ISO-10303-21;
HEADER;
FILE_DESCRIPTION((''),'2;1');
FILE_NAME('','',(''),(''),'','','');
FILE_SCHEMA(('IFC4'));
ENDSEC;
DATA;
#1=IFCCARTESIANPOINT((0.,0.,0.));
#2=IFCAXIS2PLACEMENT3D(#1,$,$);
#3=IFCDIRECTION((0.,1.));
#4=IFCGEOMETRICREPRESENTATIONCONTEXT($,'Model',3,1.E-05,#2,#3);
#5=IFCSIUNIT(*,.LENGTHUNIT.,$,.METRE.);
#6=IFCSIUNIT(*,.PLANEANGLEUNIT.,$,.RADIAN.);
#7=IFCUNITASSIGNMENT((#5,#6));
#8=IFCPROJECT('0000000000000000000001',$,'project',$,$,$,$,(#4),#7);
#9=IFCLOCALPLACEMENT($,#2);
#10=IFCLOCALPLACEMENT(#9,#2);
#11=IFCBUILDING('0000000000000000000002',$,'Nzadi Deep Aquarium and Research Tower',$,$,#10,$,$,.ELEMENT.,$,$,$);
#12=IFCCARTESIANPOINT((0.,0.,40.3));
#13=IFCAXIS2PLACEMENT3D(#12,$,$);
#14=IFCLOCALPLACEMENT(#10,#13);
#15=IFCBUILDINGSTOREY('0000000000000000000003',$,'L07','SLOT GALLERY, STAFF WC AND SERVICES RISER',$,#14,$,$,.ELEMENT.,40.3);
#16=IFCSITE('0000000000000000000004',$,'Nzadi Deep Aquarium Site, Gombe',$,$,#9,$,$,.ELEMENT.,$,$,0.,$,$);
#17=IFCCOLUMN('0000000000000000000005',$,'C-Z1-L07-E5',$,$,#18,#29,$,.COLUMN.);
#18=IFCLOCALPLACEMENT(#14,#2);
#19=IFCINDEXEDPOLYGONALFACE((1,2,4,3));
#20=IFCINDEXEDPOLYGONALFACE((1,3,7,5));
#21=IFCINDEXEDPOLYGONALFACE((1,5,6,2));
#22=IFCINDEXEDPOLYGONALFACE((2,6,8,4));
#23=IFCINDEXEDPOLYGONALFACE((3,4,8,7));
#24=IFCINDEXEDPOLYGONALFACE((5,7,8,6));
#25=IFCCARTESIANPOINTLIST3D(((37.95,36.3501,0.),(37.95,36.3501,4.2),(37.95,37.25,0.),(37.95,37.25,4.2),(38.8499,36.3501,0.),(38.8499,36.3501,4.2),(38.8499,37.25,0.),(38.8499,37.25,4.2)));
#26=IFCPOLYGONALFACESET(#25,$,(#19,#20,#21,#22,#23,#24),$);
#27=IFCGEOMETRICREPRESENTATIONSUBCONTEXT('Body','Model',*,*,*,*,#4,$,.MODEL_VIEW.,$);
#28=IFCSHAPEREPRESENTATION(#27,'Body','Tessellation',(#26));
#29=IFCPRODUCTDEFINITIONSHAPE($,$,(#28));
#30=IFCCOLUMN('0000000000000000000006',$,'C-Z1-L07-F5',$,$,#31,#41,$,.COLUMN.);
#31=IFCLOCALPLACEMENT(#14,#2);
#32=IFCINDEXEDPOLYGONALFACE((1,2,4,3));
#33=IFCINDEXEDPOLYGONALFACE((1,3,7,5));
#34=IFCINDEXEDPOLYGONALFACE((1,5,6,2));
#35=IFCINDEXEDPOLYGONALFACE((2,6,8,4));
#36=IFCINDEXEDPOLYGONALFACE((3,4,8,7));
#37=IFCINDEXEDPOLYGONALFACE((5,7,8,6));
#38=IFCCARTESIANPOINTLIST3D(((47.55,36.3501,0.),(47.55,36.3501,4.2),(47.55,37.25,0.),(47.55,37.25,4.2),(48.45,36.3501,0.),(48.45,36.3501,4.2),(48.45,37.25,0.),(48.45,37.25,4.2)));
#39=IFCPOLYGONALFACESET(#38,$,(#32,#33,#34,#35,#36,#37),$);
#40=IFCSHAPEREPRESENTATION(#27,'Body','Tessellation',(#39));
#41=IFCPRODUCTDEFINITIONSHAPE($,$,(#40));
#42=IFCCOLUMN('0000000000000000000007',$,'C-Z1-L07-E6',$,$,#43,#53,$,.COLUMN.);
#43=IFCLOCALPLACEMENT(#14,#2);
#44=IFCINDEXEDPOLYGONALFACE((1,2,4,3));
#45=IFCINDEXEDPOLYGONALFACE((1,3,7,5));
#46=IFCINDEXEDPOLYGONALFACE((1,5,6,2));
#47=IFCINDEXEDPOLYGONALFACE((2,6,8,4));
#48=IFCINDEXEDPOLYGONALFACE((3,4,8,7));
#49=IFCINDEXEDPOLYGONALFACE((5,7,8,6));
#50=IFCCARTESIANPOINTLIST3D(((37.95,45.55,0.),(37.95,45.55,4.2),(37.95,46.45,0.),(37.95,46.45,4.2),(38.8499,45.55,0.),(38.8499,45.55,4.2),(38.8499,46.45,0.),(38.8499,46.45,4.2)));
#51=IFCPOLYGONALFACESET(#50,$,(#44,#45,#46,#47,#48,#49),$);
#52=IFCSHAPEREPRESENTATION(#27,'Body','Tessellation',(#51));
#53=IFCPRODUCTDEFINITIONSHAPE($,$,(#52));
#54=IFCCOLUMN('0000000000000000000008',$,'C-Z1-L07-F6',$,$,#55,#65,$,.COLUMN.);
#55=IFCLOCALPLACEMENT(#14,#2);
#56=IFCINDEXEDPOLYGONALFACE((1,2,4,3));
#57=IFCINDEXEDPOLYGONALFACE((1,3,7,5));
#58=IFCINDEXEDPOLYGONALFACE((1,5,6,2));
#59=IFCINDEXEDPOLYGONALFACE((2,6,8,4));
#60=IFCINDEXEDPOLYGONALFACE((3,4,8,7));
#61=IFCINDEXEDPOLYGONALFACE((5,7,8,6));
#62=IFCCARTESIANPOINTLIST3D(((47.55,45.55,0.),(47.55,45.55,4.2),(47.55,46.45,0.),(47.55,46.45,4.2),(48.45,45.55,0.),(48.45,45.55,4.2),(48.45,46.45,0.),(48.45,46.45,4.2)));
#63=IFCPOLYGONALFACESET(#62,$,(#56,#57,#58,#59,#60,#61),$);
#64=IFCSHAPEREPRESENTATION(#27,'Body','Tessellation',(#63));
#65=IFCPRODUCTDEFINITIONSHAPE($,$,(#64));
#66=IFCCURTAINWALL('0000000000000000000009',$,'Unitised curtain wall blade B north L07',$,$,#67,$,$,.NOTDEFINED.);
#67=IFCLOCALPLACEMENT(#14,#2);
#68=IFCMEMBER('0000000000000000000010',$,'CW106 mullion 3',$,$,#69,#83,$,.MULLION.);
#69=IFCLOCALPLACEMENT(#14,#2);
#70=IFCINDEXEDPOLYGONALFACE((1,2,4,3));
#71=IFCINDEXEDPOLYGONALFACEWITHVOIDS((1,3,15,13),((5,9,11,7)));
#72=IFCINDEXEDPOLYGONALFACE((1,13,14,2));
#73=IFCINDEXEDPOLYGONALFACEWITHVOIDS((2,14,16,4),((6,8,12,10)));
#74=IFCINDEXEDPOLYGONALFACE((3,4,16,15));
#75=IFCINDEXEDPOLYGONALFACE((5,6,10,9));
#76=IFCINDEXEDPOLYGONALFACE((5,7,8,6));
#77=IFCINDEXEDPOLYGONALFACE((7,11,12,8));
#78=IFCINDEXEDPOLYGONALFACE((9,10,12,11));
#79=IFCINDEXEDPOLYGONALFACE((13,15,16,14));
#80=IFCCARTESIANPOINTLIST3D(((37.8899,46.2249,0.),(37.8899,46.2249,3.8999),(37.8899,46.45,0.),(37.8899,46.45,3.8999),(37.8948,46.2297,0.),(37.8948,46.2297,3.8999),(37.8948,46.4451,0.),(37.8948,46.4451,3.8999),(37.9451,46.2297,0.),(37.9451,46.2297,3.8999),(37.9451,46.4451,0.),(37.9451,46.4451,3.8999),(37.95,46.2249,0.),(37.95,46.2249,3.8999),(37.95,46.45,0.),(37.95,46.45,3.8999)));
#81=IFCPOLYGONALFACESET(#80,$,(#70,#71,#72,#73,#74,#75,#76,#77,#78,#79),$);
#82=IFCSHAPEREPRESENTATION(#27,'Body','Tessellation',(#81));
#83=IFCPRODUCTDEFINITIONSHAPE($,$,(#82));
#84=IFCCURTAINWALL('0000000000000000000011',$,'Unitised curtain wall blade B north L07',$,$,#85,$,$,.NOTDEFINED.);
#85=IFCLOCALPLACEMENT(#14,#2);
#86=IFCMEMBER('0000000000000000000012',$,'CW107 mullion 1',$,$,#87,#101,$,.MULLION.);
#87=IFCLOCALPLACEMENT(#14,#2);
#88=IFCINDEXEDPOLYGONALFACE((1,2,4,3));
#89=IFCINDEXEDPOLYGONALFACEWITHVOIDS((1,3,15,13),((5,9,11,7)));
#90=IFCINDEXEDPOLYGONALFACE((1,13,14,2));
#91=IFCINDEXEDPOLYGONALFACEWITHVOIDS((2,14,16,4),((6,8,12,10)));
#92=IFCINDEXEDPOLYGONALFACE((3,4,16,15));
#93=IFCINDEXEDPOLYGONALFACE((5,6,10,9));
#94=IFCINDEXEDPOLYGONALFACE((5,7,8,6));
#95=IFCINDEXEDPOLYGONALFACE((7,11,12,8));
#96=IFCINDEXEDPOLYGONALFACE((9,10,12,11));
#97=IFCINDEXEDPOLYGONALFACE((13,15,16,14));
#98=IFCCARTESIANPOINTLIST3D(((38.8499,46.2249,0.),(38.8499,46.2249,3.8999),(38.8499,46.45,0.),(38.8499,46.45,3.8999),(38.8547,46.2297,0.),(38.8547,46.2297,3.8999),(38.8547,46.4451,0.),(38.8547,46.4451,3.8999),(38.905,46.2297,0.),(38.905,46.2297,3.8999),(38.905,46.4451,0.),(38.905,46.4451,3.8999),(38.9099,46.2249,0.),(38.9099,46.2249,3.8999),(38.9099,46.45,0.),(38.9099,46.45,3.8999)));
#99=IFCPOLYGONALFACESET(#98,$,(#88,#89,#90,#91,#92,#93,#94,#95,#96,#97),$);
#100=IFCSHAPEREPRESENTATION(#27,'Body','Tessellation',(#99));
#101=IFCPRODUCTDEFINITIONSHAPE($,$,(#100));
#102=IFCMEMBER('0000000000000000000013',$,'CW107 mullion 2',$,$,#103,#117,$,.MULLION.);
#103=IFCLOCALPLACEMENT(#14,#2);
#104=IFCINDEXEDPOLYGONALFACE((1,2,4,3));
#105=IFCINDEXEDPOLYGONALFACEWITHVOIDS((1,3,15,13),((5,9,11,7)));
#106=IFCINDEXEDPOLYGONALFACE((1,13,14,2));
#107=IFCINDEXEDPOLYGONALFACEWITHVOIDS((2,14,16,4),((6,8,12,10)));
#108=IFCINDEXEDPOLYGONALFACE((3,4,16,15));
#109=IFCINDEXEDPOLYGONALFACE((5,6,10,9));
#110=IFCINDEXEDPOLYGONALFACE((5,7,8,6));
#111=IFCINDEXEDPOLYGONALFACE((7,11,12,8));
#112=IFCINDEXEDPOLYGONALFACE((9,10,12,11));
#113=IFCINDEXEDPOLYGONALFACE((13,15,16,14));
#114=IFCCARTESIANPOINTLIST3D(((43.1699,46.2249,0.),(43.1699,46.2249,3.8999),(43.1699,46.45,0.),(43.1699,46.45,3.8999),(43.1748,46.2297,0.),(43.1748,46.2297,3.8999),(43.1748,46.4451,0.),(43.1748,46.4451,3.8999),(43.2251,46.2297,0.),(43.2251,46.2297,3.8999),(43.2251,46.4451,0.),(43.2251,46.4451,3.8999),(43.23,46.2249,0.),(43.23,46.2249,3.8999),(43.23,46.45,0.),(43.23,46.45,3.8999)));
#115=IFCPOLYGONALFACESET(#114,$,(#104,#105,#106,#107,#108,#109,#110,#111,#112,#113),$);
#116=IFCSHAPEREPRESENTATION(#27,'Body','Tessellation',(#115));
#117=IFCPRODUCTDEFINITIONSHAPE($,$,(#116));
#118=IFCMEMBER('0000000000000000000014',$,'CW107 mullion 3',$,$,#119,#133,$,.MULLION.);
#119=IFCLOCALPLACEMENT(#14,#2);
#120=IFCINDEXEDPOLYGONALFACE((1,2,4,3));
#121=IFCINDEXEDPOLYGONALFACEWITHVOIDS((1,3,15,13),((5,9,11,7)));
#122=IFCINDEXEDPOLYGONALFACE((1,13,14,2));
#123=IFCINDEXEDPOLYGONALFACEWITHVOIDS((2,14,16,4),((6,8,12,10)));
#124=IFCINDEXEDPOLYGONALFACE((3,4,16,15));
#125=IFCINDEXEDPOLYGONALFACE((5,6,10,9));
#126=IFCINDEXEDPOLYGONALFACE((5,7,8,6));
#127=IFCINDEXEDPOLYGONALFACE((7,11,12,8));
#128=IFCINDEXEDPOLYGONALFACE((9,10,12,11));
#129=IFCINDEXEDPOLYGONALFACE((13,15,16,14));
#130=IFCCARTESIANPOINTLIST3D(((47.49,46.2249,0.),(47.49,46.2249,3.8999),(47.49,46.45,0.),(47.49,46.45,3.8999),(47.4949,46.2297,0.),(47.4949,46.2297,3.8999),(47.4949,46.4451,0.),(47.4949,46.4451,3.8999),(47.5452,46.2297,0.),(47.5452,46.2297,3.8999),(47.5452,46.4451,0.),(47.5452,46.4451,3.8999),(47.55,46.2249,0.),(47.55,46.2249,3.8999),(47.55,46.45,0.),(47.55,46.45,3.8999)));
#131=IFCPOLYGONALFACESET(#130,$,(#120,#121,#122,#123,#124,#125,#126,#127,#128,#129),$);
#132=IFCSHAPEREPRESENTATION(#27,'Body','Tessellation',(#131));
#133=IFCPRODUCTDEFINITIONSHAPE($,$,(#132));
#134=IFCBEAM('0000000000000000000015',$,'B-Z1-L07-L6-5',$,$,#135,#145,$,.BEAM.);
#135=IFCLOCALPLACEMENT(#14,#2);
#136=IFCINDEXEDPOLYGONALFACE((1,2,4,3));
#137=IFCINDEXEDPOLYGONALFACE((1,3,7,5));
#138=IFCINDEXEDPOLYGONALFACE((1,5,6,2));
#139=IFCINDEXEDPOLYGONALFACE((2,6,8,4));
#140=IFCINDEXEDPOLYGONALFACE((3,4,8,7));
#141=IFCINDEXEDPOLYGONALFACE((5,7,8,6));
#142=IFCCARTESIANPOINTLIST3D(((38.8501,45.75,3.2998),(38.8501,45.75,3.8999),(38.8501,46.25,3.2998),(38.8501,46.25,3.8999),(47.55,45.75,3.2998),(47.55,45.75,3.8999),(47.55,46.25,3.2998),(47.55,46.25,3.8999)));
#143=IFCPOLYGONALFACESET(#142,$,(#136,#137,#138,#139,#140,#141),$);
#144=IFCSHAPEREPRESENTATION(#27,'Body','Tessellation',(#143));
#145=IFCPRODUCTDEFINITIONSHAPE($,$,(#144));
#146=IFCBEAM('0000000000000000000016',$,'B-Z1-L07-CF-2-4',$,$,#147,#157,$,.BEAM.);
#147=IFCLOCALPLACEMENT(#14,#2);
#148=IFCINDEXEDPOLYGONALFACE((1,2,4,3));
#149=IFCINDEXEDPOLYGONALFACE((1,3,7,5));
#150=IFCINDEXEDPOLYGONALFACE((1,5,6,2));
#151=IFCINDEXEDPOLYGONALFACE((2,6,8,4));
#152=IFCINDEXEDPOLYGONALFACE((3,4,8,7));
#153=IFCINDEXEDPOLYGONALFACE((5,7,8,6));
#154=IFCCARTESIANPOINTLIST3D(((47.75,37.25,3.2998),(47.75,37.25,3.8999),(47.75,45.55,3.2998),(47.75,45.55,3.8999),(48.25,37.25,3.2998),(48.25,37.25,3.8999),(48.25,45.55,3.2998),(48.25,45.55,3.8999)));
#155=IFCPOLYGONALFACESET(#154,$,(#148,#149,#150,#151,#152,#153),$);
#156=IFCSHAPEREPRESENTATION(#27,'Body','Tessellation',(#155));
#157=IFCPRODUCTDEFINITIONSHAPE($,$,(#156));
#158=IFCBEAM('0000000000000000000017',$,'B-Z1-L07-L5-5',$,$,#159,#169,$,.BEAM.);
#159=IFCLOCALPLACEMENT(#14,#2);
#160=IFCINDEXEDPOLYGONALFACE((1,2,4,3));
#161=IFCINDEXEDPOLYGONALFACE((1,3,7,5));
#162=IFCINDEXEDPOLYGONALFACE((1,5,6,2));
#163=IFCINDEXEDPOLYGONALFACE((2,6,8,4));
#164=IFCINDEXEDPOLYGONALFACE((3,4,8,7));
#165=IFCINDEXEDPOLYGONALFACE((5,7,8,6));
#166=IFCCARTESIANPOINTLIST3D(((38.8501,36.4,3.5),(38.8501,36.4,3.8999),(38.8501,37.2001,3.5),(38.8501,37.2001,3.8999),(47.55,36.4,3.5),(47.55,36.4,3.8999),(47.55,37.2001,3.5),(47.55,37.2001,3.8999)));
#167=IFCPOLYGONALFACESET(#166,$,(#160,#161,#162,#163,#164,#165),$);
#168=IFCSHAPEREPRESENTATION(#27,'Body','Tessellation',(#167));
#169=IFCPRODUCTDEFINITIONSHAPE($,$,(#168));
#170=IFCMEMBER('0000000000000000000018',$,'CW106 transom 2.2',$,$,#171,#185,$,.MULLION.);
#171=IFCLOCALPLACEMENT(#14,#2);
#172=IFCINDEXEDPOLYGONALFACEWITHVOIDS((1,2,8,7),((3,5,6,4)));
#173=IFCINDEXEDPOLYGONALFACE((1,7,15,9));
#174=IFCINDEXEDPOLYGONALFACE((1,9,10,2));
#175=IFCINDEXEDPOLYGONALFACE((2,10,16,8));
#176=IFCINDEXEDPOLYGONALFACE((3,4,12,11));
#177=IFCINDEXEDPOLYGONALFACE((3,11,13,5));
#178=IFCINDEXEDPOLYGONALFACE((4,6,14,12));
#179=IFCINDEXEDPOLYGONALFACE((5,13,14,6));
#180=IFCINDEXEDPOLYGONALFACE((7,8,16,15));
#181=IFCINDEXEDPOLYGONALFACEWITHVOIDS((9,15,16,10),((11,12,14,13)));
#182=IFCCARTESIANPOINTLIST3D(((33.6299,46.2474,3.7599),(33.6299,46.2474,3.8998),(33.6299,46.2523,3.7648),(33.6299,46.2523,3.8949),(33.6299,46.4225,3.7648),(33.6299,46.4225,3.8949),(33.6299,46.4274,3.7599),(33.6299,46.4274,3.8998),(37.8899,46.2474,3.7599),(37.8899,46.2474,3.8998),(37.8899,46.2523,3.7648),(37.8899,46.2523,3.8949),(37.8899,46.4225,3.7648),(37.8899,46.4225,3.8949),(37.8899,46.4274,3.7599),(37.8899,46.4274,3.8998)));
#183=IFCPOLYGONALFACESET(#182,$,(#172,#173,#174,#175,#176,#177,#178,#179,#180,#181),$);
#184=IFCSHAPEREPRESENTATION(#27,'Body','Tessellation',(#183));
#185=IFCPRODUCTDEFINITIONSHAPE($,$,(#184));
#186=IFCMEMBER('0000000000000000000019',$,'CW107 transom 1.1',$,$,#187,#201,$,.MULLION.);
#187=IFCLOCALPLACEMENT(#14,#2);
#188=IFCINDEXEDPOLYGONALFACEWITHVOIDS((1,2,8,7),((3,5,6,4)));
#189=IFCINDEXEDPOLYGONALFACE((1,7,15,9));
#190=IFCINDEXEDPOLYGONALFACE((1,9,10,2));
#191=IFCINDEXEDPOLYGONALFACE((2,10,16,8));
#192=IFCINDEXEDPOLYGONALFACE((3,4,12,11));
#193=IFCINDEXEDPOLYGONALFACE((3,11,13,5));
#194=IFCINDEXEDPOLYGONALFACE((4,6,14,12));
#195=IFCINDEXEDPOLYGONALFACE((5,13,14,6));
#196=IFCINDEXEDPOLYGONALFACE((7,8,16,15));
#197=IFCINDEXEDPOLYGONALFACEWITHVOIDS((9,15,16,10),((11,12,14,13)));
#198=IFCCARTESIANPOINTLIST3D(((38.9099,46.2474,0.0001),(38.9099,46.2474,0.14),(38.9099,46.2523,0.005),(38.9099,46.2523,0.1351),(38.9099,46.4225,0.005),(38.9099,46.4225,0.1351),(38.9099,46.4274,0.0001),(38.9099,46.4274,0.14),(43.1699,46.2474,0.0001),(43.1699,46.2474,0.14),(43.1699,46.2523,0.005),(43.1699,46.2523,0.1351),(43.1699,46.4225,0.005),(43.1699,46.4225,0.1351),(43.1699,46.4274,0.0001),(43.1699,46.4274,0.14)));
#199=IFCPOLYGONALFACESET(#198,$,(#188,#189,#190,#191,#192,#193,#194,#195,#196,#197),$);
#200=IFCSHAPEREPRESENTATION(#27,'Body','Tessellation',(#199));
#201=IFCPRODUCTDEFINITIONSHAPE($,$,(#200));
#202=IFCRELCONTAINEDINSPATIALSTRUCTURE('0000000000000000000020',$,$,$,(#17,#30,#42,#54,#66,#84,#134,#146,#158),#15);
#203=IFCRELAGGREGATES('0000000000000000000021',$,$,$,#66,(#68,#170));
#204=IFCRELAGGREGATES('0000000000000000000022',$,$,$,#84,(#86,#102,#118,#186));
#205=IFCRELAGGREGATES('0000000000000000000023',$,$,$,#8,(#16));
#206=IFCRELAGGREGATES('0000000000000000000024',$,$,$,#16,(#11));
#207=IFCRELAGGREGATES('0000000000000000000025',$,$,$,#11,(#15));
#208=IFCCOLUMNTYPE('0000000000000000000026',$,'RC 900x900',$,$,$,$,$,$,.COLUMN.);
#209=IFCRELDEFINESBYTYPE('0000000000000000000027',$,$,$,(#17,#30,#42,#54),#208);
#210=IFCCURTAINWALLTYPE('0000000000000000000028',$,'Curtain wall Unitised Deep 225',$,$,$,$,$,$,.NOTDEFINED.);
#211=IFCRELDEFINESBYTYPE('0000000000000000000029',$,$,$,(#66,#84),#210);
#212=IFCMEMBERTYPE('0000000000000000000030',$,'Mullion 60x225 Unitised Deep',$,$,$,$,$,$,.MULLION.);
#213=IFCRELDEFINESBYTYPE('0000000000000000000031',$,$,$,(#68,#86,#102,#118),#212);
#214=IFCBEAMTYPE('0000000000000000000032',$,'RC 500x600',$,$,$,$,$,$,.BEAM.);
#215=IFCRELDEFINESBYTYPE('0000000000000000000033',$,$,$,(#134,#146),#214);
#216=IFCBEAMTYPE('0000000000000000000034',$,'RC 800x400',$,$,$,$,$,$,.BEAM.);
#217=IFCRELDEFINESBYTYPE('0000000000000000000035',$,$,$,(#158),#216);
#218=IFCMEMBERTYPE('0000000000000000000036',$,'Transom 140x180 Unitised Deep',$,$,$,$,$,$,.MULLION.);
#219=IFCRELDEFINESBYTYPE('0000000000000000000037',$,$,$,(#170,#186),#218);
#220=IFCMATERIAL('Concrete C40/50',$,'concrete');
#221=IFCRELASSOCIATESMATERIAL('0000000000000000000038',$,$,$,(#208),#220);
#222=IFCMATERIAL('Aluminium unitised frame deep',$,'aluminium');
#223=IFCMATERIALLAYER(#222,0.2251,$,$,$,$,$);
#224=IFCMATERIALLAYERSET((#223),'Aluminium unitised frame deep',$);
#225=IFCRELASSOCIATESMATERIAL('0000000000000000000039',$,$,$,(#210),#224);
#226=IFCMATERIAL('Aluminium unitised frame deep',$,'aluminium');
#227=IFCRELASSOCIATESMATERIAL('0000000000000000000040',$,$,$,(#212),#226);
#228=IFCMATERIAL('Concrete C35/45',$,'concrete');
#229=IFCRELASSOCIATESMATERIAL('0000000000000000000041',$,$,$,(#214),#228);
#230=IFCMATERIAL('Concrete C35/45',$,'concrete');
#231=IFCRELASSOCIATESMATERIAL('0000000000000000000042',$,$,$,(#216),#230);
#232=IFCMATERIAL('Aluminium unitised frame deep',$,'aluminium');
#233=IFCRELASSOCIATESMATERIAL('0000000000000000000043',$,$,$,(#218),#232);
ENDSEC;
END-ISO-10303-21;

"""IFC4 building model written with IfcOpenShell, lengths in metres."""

from ifc_helpers import new_model, si_unit, direction, frame, origin, origin_2d, place, context, subcontext, project, spatial, rectangle, hollow_rectangle, extrude, material, layer, layer_set, material_profile, profile_set, type_object, element, aggregate, save


model = new_model("IFC4")

# Units and contexts
model_context = context("Model", 3, precision=1e-05, world=origin(), true_north=direction((0.0, 1.0)))
body_context = subcontext(model_context, "Body", "Model", "MODEL_VIEW")
ifc_project = project(units=[si_unit("LENGTHUNIT", "METRE"), si_unit("PLANEANGLEUNIT", "RADIAN")], contexts=[model_context])

# Site, building, storey
site_placement = place(None, origin())
site = spatial("IfcSite", under=ifc_project, at=site_placement, Name="Nzadi Deep Aquarium Site, Gombe", CompositionType="ELEMENT", RefElevation=0.0)
building_placement = place(site_placement, origin())
building = spatial("IfcBuilding", under=site, at=building_placement, Name="Nzadi Deep Aquarium and Research Tower", CompositionType="ELEMENT")
storey_placement = place(building_placement, frame((0.0, 0.0, 40.3)))
storey = spatial("IfcBuildingStorey", under=building, at=storey_placement, Name="L07", Description="SLOT GALLERY, STAFF WC AND SERVICES RISER", CompositionType="ELEMENT", Elevation=40.3)

# Columns
ifc_material_1 = material(Name="Concrete C40/50", Category="concrete")
ifc_material_profile_1 = material_profile(ifc_material_1, rectangle(XDim=0.8999, YDim=0.8999, at=origin_2d()))
ifc_profile_set_1 = profile_set([ifc_material_profile_1], Name="Concrete C40/50")
column_type = type_object("IfcColumnType", Name="RC 900x900", PredefinedType="COLUMN", material=ifc_profile_set_1)
for number, where, z_axis, x_axis, name in (
    (1, (38.3999, 36.8, 0.0), (0.0, 0.0, 1.0), (1.0, 0.0, 0.0), "C-Z1-L07-E5"),
    (2, (48.0, 36.8, 0.0), (0.0, 0.0, 1.0), (1.0, 0.0, 0.0), "C-Z1-L07-F5"),
    (3, (38.3999, 46.0, 0.0), (0.0, 0.0, 1.0), (1.0, 0.0, 0.0), "C-Z1-L07-E6"),
    (4, (48.0, 46.0, 0.0), (0.0, 0.0, 1.0), (1.0, 0.0, 0.0), "C-Z1-L07-F6"),
):
    element("IfcColumn", number, at=place(storey_placement, frame(where, z_axis=z_axis, x_axis=x_axis)), inside=storey, type_object=column_type, Name=name, PredefinedType="COLUMN", context=body_context, shape_type="SweptSolid", body=[
        extrude(rectangle(XDim=0.8999, YDim=0.8999, at=origin_2d()), origin(), (0.0, 0.0, 1.0), 4.2),
    ])

# Curtain wall, member
ifc_material_2 = material(Name="Aluminium unitised frame deep", Category="aluminium")
ifc_layer_1 = layer(ifc_material_2, 0.2251)
ifc_layer_set_1 = layer_set([ifc_layer_1], Name="Aluminium unitised frame deep")
curtain_wall_type = type_object("IfcCurtainWallType", Name="Curtain wall Unitised Deep 225", PredefinedType="NOTDEFINED", material=ifc_layer_set_1)
curtain_wall_1_placement = place(storey_placement, origin())
curtain_wall_1 = element("IfcCurtainWall", 5, at=curtain_wall_1_placement, inside=storey, type_object=curtain_wall_type, Name="Unitised curtain wall blade B north L07", PredefinedType="NOTDEFINED")
ifc_material_3 = material(Name="Aluminium unitised frame deep", Category="aluminium")
ifc_material_profile_2 = material_profile(ifc_material_3, hollow_rectangle(XDim=0.2251, YDim=0.0601, WallThickness=0.0049, at=origin_2d()))
ifc_profile_set_2 = profile_set([ifc_material_profile_2], Name="Aluminium unitised frame deep")
member_type_1 = type_object("IfcMemberType", Name="Mullion 60x225 Unitised Deep", PredefinedType="MULLION", material=ifc_profile_set_2)
member_1_placement = place(storey_placement, frame((37.9199, 46.3374, 0.0), z_axis=(0.0, 0.0, 1.0), x_axis=(0.0, 1.0, 0.0)))
member_1 = element("IfcMember", 6, at=member_1_placement, type_object=member_type_1, Name="CW106 mullion 3", PredefinedType="MULLION", context=body_context, shape_type="SweptSolid", body=[
    extrude(hollow_rectangle(XDim=0.2251, YDim=0.0601, WallThickness=0.0049, at=origin_2d()), origin(), (0.0, 0.0, 1.0), 3.8999),
])

# Curtain wall, members
curtain_wall_2_placement = place(storey_placement, origin())
curtain_wall_2 = element("IfcCurtainWall", 7, at=curtain_wall_2_placement, inside=storey, type_object=curtain_wall_type, Name="Unitised curtain wall blade B north L07", PredefinedType="NOTDEFINED")
member_2_placement = place(storey_placement, frame((38.8799, 46.3374, 0.0), z_axis=(0.0, 0.0, 1.0), x_axis=(0.0, 1.0, 0.0)))
member_2 = element("IfcMember", 8, at=member_2_placement, type_object=member_type_1, Name="CW107 mullion 1", PredefinedType="MULLION", context=body_context, shape_type="SweptSolid", body=[
    extrude(hollow_rectangle(XDim=0.2251, YDim=0.0601, WallThickness=0.0049, at=origin_2d()), origin(), (0.0, 0.0, 1.0), 3.8999),
])
member_3_placement = place(storey_placement, frame((43.2, 46.3374, 0.0), z_axis=(0.0, 0.0, 1.0), x_axis=(0.0, 1.0, 0.0)))
member_3 = element("IfcMember", 9, at=member_3_placement, type_object=member_type_1, Name="CW107 mullion 2", PredefinedType="MULLION", context=body_context, shape_type="SweptSolid", body=[
    extrude(hollow_rectangle(XDim=0.2251, YDim=0.0601, WallThickness=0.0049, at=origin_2d()), origin(), (0.0, 0.0, 1.0), 3.8999),
])
member_4_placement = place(storey_placement, frame((47.52, 46.3374, 0.0), z_axis=(0.0, 0.0, 1.0), x_axis=(0.0, 1.0, 0.0)))
member_4 = element("IfcMember", 10, at=member_4_placement, type_object=member_type_1, Name="CW107 mullion 3", PredefinedType="MULLION", context=body_context, shape_type="SweptSolid", body=[
    extrude(hollow_rectangle(XDim=0.2251, YDim=0.0601, WallThickness=0.0049, at=origin_2d()), origin(), (0.0, 0.0, 1.0), 3.8999),
])

# Beams
ifc_material_4 = material(Name="Concrete C35/45", Category="concrete")
ifc_material_profile_3 = material_profile(ifc_material_4, rectangle(XDim=0.5, YDim=0.6001, at=origin_2d()))
ifc_profile_set_3 = profile_set([ifc_material_profile_3], Name="Concrete C35/45")
beam_type_1 = type_object("IfcBeamType", Name="RC 500x600", PredefinedType="BEAM", material=ifc_profile_set_3)
beam_1_placement = place(storey_placement, frame((38.8501, 46.0, 3.5999), z_axis=(1.0, 0.0, 0.0), x_axis=(0.0, 1.0, 0.0)))
element("IfcBeam", 11, at=beam_1_placement, inside=storey, type_object=beam_type_1, Name="B-Z1-L07-L6-5", PredefinedType="BEAM", context=body_context, shape_type="SweptSolid", body=[
    extrude(rectangle(XDim=0.5, YDim=0.6001, at=origin_2d()), origin(), (0.0, 0.0, 1.0), 8.7),
])
beam_2_placement = place(storey_placement, frame((48.0, 37.25, 3.5999), z_axis=(0.0, 1.0, 0.0), x_axis=(-1.0, 0.0, 0.0)))
element("IfcBeam", 12, at=beam_2_placement, inside=storey, type_object=beam_type_1, Name="B-Z1-L07-CF-2-4", PredefinedType="BEAM", context=body_context, shape_type="SweptSolid", body=[
    extrude(rectangle(XDim=0.5, YDim=0.6001, at=origin_2d()), origin(), (0.0, 0.0, 1.0), 8.3),
])
ifc_material_5 = material(Name="Concrete C35/45", Category="concrete")
ifc_material_profile_4 = material_profile(ifc_material_5, rectangle(XDim=0.8, YDim=0.3999, at=origin_2d()))
ifc_profile_set_4 = profile_set([ifc_material_profile_4], Name="Concrete C35/45")
beam_type_2 = type_object("IfcBeamType", Name="RC 800x400", PredefinedType="BEAM", material=ifc_profile_set_4)
beam_3_placement = place(storey_placement, frame((38.8501, 36.8, 3.7), z_axis=(1.0, 0.0, 0.0), x_axis=(0.0, 1.0, 0.0)))
element("IfcBeam", 13, at=beam_3_placement, inside=storey, type_object=beam_type_2, Name="B-Z1-L07-L5-5", PredefinedType="BEAM", context=body_context, shape_type="SweptSolid", body=[
    extrude(rectangle(XDim=0.8, YDim=0.3999, at=origin_2d()), origin(), (0.0, 0.0, 1.0), 8.7),
])

# Members
ifc_material_6 = material(Name="Aluminium unitised frame deep", Category="aluminium")
ifc_material_profile_5 = material_profile(ifc_material_6, hollow_rectangle(XDim=0.1799, YDim=0.1399, WallThickness=0.0049, at=origin_2d()))
ifc_profile_set_5 = profile_set([ifc_material_profile_5], Name="Aluminium unitised frame deep")
member_type_2 = type_object("IfcMemberType", Name="Transom 140x180 Unitised Deep", PredefinedType="MULLION", material=ifc_profile_set_5)
member_5_placement = place(storey_placement, frame((33.6299, 46.3374, 3.8298), z_axis=(1.0, 0.0, 0.0), x_axis=(0.0, 1.0, 0.0)))
member_5 = element("IfcMember", 14, at=member_5_placement, type_object=member_type_2, Name="CW106 transom 2.2", PredefinedType="MULLION", context=body_context, shape_type="SweptSolid", body=[
    extrude(hollow_rectangle(XDim=0.1799, YDim=0.1399, WallThickness=0.0049, at=origin_2d()), origin(), (0.0, 0.0, 1.0), 4.26),
])
member_6_placement = place(storey_placement, frame((38.9099, 46.3374, 0.0701), z_axis=(1.0, 0.0, 0.0), x_axis=(0.0, 1.0, 0.0)))
member_6 = element("IfcMember", 15, at=member_6_placement, type_object=member_type_2, Name="CW107 transom 1.1", PredefinedType="MULLION", context=body_context, shape_type="SweptSolid", body=[
    extrude(hollow_rectangle(XDim=0.1799, YDim=0.1399, WallThickness=0.0049, at=origin_2d()), origin(), (0.0, 0.0, 1.0), 4.26),
])

aggregate(curtain_wall_1, [member_1, member_5])
aggregate(curtain_wall_2, [member_2, member_3, member_4, member_6])

save(model, "model.ifc")
